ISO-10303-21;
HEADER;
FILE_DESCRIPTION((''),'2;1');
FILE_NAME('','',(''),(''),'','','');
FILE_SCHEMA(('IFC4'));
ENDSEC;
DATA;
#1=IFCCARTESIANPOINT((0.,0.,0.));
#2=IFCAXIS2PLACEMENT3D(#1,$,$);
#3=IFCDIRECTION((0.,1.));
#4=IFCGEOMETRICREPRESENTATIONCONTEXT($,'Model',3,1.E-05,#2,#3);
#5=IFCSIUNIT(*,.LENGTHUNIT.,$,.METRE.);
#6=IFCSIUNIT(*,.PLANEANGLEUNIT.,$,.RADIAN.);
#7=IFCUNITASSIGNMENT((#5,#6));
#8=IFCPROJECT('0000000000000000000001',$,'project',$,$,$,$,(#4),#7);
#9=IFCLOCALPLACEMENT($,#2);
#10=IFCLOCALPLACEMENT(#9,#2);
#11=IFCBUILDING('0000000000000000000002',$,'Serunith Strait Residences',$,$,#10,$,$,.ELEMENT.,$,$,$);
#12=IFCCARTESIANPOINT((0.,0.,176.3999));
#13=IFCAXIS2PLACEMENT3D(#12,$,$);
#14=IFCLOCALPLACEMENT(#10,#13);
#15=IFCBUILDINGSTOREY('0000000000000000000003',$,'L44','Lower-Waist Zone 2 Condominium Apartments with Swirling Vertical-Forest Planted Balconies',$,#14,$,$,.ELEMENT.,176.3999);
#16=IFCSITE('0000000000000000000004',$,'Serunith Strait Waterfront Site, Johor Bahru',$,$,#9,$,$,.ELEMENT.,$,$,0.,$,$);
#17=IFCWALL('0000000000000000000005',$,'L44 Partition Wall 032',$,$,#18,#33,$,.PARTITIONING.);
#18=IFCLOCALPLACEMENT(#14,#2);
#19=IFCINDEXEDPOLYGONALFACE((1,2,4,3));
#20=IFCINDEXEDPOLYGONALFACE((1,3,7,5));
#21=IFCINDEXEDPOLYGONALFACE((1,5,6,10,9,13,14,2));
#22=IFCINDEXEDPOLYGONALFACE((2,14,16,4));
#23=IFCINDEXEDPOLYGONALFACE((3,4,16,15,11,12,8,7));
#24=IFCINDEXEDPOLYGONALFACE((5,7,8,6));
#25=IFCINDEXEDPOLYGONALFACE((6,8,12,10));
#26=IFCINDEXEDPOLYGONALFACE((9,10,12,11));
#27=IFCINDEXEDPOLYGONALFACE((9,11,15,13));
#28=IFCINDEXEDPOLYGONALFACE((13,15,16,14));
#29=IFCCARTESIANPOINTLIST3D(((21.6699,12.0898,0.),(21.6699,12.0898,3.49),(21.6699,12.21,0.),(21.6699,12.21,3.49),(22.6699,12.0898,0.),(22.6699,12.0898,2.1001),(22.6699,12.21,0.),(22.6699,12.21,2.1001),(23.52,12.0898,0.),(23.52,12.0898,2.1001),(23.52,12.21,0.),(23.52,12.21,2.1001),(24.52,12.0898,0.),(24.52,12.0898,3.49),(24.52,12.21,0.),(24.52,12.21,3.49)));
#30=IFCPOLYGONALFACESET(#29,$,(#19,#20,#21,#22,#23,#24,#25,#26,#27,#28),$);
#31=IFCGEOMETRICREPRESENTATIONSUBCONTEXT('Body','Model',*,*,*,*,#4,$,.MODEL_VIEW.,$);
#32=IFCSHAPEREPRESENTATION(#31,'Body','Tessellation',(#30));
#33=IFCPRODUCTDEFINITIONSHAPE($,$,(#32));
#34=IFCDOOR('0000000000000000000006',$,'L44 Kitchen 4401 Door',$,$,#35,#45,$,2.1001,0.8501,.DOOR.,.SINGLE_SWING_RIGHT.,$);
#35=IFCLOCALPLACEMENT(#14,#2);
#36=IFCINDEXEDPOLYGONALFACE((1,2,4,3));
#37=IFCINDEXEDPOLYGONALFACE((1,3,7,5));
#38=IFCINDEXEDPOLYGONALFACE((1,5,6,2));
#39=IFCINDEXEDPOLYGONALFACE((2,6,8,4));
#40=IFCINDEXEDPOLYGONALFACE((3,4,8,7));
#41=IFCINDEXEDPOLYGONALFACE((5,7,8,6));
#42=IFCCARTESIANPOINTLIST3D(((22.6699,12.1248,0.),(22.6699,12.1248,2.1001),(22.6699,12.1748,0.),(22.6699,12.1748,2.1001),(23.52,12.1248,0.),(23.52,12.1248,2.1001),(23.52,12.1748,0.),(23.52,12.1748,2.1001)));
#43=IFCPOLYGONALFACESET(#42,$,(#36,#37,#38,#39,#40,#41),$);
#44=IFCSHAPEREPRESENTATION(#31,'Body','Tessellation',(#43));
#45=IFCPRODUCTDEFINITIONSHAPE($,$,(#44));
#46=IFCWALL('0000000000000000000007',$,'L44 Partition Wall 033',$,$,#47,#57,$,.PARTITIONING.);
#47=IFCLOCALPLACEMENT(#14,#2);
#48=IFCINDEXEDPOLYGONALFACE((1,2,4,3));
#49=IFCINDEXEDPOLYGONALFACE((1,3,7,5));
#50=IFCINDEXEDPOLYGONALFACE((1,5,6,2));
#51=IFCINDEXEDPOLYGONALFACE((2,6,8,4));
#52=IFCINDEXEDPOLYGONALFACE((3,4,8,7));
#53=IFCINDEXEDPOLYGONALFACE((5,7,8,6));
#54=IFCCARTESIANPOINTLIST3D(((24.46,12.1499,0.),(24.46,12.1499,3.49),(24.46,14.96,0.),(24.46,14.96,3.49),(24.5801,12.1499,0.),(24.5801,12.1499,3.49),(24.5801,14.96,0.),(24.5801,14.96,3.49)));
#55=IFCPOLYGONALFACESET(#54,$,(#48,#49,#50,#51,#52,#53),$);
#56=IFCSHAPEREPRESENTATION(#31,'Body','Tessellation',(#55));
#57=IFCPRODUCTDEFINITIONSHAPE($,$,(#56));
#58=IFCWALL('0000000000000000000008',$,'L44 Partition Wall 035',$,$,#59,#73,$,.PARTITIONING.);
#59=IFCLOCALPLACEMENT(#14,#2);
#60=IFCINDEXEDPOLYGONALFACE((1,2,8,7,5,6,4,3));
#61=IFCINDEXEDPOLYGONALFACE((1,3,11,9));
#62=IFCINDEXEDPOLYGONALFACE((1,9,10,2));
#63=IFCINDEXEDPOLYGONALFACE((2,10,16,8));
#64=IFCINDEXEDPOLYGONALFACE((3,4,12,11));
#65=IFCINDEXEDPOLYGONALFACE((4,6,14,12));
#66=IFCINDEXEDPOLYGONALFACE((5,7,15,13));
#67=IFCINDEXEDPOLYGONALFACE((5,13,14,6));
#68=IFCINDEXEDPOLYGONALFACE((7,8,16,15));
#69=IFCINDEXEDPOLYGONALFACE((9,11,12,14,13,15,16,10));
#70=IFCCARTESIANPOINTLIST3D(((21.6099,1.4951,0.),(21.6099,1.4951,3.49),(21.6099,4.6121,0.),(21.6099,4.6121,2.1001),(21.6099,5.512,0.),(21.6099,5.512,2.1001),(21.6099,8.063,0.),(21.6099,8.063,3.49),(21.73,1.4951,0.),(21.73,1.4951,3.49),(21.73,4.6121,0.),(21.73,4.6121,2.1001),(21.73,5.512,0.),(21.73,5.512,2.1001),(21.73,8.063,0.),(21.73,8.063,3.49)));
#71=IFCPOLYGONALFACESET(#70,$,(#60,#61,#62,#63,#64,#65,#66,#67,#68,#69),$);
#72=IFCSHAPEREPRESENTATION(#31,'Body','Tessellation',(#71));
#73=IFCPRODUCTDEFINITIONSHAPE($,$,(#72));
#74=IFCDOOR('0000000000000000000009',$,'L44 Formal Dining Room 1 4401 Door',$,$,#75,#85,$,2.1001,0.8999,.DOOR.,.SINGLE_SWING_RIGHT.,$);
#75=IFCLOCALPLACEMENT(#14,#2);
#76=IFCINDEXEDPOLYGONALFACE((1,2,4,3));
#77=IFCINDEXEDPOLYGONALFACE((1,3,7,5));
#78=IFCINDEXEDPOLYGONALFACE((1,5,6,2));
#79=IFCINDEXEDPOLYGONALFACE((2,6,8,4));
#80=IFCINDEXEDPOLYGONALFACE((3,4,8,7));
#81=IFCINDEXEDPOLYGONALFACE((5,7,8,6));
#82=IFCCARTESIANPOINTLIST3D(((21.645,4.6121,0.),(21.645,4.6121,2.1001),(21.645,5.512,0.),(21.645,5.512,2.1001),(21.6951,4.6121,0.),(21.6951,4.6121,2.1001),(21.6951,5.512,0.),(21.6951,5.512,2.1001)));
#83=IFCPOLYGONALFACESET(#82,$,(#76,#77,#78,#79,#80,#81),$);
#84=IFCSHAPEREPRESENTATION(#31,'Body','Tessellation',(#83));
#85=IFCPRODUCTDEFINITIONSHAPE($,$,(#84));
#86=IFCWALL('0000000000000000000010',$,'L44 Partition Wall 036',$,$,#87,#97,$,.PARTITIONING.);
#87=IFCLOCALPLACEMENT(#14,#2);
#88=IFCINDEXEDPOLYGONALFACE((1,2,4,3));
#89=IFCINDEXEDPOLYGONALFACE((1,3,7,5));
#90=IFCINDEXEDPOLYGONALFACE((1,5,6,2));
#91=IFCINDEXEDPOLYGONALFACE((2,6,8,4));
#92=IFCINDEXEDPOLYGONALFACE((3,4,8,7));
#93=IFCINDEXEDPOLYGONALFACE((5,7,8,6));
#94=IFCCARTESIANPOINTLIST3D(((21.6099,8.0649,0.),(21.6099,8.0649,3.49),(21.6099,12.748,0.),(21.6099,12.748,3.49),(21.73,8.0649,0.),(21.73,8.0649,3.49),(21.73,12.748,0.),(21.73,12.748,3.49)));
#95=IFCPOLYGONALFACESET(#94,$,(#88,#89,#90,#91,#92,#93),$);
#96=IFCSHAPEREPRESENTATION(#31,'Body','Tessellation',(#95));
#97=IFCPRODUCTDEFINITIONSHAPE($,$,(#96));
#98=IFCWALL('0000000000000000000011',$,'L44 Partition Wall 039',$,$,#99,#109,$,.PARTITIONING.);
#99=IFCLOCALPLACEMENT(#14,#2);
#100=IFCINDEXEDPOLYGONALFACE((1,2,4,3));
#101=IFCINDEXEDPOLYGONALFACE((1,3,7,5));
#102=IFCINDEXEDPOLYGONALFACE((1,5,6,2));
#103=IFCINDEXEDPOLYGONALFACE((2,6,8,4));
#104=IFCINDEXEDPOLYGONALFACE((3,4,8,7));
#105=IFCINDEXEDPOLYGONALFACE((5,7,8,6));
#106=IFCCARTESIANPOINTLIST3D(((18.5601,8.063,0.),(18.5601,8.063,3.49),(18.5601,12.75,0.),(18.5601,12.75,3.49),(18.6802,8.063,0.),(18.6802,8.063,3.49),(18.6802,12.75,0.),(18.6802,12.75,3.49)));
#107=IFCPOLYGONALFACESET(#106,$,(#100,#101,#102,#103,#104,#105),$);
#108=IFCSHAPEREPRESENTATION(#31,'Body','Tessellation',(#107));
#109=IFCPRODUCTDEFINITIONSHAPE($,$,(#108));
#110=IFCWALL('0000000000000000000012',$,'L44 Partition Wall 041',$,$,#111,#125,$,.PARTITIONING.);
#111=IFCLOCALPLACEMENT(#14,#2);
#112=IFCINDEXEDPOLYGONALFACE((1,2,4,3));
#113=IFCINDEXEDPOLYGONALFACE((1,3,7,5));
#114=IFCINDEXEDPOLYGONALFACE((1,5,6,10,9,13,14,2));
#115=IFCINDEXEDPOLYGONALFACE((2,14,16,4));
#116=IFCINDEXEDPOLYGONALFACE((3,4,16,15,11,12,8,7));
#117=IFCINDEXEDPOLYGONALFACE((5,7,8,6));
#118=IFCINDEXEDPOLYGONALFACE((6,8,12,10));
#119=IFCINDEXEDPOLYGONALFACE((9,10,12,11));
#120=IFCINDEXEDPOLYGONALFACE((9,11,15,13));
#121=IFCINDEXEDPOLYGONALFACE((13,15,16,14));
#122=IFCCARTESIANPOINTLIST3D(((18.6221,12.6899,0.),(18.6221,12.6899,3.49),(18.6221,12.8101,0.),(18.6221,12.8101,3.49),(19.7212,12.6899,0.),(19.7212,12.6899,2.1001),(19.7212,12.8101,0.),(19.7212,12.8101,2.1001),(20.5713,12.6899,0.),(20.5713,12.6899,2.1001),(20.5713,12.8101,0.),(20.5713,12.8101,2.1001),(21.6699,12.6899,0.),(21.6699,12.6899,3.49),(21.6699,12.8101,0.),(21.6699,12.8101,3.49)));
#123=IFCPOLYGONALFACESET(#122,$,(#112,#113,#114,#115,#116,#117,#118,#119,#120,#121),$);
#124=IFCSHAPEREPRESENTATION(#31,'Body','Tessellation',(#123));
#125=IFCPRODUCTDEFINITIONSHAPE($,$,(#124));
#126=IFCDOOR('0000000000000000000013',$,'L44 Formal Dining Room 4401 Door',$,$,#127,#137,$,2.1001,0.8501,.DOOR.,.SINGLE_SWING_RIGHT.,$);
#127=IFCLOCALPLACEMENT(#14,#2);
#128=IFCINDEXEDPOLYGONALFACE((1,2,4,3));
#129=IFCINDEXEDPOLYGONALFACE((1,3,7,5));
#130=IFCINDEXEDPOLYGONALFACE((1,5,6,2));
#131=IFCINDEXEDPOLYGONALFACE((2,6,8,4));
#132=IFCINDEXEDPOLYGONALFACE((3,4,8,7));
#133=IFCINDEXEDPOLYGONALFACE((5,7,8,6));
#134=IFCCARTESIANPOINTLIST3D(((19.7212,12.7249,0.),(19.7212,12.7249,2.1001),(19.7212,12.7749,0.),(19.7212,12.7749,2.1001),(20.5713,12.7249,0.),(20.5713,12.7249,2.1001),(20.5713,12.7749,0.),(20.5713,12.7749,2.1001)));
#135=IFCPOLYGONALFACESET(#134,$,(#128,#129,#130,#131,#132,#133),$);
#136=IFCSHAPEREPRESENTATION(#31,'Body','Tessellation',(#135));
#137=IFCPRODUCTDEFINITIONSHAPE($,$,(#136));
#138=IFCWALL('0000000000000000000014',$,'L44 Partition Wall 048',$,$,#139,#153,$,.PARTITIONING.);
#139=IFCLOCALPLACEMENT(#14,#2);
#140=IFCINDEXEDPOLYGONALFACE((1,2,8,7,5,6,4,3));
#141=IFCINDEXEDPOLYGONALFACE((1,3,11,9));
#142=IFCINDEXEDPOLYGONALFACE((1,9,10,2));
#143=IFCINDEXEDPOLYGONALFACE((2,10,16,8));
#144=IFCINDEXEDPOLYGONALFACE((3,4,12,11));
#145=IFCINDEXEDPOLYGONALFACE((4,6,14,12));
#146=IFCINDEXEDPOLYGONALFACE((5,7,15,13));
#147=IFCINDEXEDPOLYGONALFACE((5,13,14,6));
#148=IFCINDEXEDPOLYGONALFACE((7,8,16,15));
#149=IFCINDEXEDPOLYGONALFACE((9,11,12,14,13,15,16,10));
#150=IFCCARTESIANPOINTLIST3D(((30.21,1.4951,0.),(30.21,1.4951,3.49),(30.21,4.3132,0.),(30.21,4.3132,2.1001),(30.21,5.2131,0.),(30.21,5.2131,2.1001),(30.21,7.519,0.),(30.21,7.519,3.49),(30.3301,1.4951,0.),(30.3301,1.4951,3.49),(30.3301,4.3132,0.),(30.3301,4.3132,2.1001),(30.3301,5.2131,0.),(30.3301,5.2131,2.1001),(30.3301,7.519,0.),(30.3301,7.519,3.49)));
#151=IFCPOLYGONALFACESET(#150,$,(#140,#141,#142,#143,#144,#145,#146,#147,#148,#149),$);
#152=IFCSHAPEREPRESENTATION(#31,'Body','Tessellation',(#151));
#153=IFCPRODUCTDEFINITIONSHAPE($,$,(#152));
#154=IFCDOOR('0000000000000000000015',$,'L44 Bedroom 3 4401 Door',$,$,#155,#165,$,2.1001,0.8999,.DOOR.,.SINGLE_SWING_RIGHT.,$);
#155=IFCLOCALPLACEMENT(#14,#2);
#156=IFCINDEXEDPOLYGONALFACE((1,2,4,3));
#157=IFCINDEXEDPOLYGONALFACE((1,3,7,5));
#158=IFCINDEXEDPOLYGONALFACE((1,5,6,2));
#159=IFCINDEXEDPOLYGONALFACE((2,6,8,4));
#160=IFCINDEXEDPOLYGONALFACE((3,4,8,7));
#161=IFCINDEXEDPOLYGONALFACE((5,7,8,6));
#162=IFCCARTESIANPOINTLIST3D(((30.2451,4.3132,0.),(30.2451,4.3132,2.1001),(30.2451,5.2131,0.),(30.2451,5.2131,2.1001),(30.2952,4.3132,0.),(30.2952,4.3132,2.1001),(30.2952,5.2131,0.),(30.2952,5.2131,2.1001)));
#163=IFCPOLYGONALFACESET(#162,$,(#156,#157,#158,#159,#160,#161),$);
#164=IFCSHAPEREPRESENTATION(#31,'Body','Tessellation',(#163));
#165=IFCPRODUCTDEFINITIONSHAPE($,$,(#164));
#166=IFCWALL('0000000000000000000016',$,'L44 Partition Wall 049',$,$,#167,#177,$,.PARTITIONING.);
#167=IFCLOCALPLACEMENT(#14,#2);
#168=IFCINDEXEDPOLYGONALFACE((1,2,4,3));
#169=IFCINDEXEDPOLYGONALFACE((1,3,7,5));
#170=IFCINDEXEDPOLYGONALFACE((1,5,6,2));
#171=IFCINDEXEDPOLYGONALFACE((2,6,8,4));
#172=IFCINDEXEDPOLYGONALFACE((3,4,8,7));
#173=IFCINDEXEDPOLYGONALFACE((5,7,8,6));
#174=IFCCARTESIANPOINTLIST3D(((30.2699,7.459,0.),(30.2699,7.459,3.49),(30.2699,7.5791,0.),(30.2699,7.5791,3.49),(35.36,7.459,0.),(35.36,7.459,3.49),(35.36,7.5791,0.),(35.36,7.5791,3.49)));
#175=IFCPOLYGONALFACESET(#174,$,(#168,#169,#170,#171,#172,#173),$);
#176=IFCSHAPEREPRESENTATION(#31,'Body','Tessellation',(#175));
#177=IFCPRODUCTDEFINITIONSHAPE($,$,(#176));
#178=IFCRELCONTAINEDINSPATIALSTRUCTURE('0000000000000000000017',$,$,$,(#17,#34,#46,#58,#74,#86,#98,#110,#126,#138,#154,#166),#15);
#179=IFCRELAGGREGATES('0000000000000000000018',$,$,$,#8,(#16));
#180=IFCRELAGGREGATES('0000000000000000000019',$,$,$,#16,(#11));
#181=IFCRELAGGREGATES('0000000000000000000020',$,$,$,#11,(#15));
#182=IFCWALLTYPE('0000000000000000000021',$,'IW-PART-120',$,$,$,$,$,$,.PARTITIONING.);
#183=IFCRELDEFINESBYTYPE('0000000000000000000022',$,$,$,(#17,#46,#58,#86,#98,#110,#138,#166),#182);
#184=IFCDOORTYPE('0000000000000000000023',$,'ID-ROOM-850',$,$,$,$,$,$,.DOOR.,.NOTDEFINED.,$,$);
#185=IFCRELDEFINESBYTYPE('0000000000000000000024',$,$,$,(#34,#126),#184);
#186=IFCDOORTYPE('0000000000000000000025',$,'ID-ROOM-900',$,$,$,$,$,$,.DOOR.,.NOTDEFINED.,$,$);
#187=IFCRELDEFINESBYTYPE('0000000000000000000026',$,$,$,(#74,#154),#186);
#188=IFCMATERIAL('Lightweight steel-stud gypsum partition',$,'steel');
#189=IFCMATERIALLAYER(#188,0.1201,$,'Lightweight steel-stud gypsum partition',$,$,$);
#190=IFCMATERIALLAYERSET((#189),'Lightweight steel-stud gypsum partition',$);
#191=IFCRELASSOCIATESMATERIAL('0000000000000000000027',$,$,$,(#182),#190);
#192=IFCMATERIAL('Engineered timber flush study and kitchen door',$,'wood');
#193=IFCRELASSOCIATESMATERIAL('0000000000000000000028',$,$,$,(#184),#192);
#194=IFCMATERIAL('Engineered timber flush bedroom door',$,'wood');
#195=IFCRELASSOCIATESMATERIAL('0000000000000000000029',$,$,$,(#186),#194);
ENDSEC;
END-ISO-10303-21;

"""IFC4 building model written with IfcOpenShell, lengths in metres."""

from ifc_helpers import new_model, si_unit, direction, frame, frame_2d, origin, place, context, subcontext, project, spatial, rectangle, extrude, source, transform, mapped, material, layer, layer_set, type_object, element, fill, save


model = new_model("IFC4")

# Units and contexts
model_context = context("Model", 3, precision=1e-05, world=origin(), true_north=direction((0.0, 1.0)))
body_context = subcontext(model_context, "Body", "Model", "MODEL_VIEW")
ifc_project = project(units=[si_unit("LENGTHUNIT", "METRE"), si_unit("PLANEANGLEUNIT", "RADIAN")], contexts=[model_context])

# Site, building, storey
site_placement = place(None, origin())
site = spatial("IfcSite", under=ifc_project, at=site_placement, Name="Serunith Strait Waterfront Site, Johor Bahru", CompositionType="ELEMENT", RefElevation=0.0)
building_placement = place(site_placement, origin())
building = spatial("IfcBuilding", under=site, at=building_placement, Name="Serunith Strait Residences", CompositionType="ELEMENT")
storey_placement = place(building_placement, frame((0.0, 0.0, 176.3999)))
storey = spatial("IfcBuildingStorey", under=building, at=storey_placement, Name="L44", Description="Lower-Waist Zone 2 Condominium Apartments with Swirling Vertical-Forest Planted Balconies", CompositionType="ELEMENT", Elevation=176.3999)

# Wall, opening, door
ifc_material_1 = material(Name="Lightweight steel-stud gypsum partition", Category="steel")
ifc_layer_1 = layer(ifc_material_1, 0.1201, Name="Lightweight steel-stud gypsum partition")
ifc_layer_set_1 = layer_set([ifc_layer_1], Name="Lightweight steel-stud gypsum partition")
wall_type = type_object("IfcWallType", Name="IW-PART-120", PredefinedType="PARTITIONING", material=ifc_layer_set_1)
wall_1_placement = place(storey_placement, frame((21.6699, 12.1499, 0.0), z_axis=(0.0, 0.0, 1.0), x_axis=(1.0, 0.0, 0.0)))
wall_1 = element("IfcWall", 1, at=wall_1_placement, inside=storey, type_object=wall_type, Name="L44 Partition Wall 032", PredefinedType="PARTITIONING", context=body_context, shape_type="SweptSolid", body=[
    extrude(rectangle(XDim=2.8501, YDim=0.1201, at=frame_2d((1.425, 0.0))), origin(), (0.0, 0.0, 1.0), 3.49),
])
opening_1_placement = place(wall_1_placement, frame((1.0, 0.0, 0.0)))
opening_1 = element("IfcOpeningElement", 2, at=opening_1_placement, cuts=wall_1, PredefinedType="OPENING", context=body_context, shape_type="SweptSolid", body=[
    extrude(rectangle(XDim=0.8501, YDim=2.1001, at=frame_2d((0.425, 1.05))), frame((0.0, 0.0701, 0.0), z_axis=(0.0, -1.0, 0.0), x_axis=(1.0, 0.0, 0.0)), (0.0, 0.0, 1.0), 0.1401),
])
ifc_material_2 = material(Name="Engineered timber flush study and kitchen door", Category="wood")
door_type_1 = type_object("IfcDoorType", Name="ID-ROOM-850", OperationType="NOTDEFINED", PredefinedType="DOOR", material=ifc_material_2)
shared_shape_1 = source(origin(), body_context, "Body", "SweptSolid", [
    extrude(rectangle(XDim=0.8501, YDim=2.1001, at=frame_2d((0.425, 1.05))), frame((0.0, 0.0249, 0.0), z_axis=(0.0, -1.0, 0.0), x_axis=(1.0, 0.0, 0.0)), (0.0, 0.0, 1.0), 0.05),
])
door_1_placement = place(opening_1_placement, origin())
door_1 = element("IfcDoor", 3, at=door_1_placement, inside=storey, type_object=door_type_1, Name="L44 Kitchen 4401 Door", OperationType="SINGLE_SWING_RIGHT", OverallHeight=2.1001, OverallWidth=0.8501, PredefinedType="DOOR", context=body_context, shape_type="MappedRepresentation", body=[
    mapped(shared_shape_1, transform((0.0, 0.0, 0.0), scale=1.0)),
])
fill(opening_1, door_1)

# Wall
wall_2_placement = place(storey_placement, frame((24.52, 12.1499, 0.0), z_axis=(0.0, 0.0, 1.0), x_axis=(0.0, 1.0, 0.0)))
element("IfcWall", 4, at=wall_2_placement, inside=storey, type_object=wall_type, Name="L44 Partition Wall 033", PredefinedType="PARTITIONING", context=body_context, shape_type="SweptSolid", body=[
    extrude(rectangle(XDim=2.8101, YDim=0.1201, at=frame_2d((1.405, 0.0))), origin(), (0.0, 0.0, 1.0), 3.49),
])

# Wall, opening, door
wall_3_placement = place(storey_placement, frame((21.6699, 1.4951, 0.0), z_axis=(0.0, 0.0, 1.0), x_axis=(0.0, 1.0, 0.0)))
wall_3 = element("IfcWall", 5, at=wall_3_placement, inside=storey, type_object=wall_type, Name="L44 Partition Wall 035", PredefinedType="PARTITIONING", context=body_context, shape_type="SweptSolid", body=[
    extrude(rectangle(XDim=6.5679, YDim=0.1201, at=frame_2d((3.2839, 0.0))), origin(), (0.0, 0.0, 1.0), 3.49),
])
opening_2_placement = place(wall_3_placement, frame((3.1169, 0.0, 0.0)))
opening_2 = element("IfcOpeningElement", 6, at=opening_2_placement, cuts=wall_3, PredefinedType="OPENING", context=body_context, shape_type="SweptSolid", body=[
    extrude(rectangle(XDim=0.8999, YDim=2.1001, at=frame_2d((0.45, 1.05))), frame((0.0, 0.0701, 0.0), z_axis=(0.0, -1.0, 0.0), x_axis=(1.0, 0.0, 0.0)), (0.0, 0.0, 1.0), 0.1401),
])
ifc_material_3 = material(Name="Engineered timber flush bedroom door", Category="wood")
door_type_2 = type_object("IfcDoorType", Name="ID-ROOM-900", OperationType="NOTDEFINED", PredefinedType="DOOR", material=ifc_material_3)
shared_shape_2 = source(origin(), body_context, "Body", "SweptSolid", [
    extrude(rectangle(XDim=0.8999, YDim=2.1001, at=frame_2d((0.45, 1.05))), frame((0.0, 0.0249, 0.0), z_axis=(0.0, -1.0, 0.0), x_axis=(1.0, 0.0, 0.0)), (0.0, 0.0, 1.0), 0.05),
])
door_2_placement = place(opening_2_placement, origin())
door_2 = element("IfcDoor", 7, at=door_2_placement, inside=storey, type_object=door_type_2, Name="L44 Formal Dining Room 1 4401 Door", OperationType="SINGLE_SWING_RIGHT", OverallHeight=2.1001, OverallWidth=0.8999, PredefinedType="DOOR", context=body_context, shape_type="MappedRepresentation", body=[
    mapped(shared_shape_2, transform((0.0, 0.0, 0.0), scale=1.0)),
])
fill(opening_2, door_2)

# Walls
wall_4_placement = place(storey_placement, frame((21.6699, 8.0649, 0.0), z_axis=(0.0, 0.0, 1.0), x_axis=(0.0, 1.0, 0.0)))
element("IfcWall", 8, at=wall_4_placement, inside=storey, type_object=wall_type, Name="L44 Partition Wall 036", PredefinedType="PARTITIONING", context=body_context, shape_type="SweptSolid", body=[
    extrude(rectangle(XDim=4.6831, YDim=0.1201, at=frame_2d((2.3416, 0.0))), origin(), (0.0, 0.0, 1.0), 3.49),
])
wall_5_placement = place(storey_placement, frame((18.6201, 8.063, 0.0), z_axis=(0.0, 0.0, 1.0), x_axis=(0.0, 1.0, 0.0)))
element("IfcWall", 9, at=wall_5_placement, inside=storey, type_object=wall_type, Name="L44 Partition Wall 039", PredefinedType="PARTITIONING", context=body_context, shape_type="SweptSolid", body=[
    extrude(rectangle(XDim=4.687, YDim=0.1201, at=frame_2d((2.3435, 0.0))), origin(), (0.0, 0.0, 1.0), 3.49),
])

# Walls, openings, doors
wall_6_placement = place(storey_placement, frame((18.6221, 12.75, 0.0), z_axis=(0.0, 0.0, 1.0), x_axis=(1.0, 0.0, 0.0)))
wall_6 = element("IfcWall", 10, at=wall_6_placement, inside=storey, type_object=wall_type, Name="L44 Partition Wall 041", PredefinedType="PARTITIONING", context=body_context, shape_type="SweptSolid", body=[
    extrude(rectangle(XDim=3.0479, YDim=0.1201, at=frame_2d((1.5239, 0.0))), origin(), (0.0, 0.0, 1.0), 3.49),
])
opening_3_placement = place(wall_6_placement, frame((1.0991, 0.0, 0.0)))
opening_3 = element("IfcOpeningElement", 11, at=opening_3_placement, cuts=wall_6, PredefinedType="OPENING", context=body_context, shape_type="SweptSolid", body=[
    extrude(rectangle(XDim=0.8501, YDim=2.1001, at=frame_2d((0.425, 1.05))), frame((0.0, 0.0701, 0.0), z_axis=(0.0, -1.0, 0.0), x_axis=(1.0, 0.0, 0.0)), (0.0, 0.0, 1.0), 0.1401),
])
door_3_placement = place(opening_3_placement, origin())
door_3 = element("IfcDoor", 12, at=door_3_placement, inside=storey, type_object=door_type_1, Name="L44 Formal Dining Room 4401 Door", OperationType="SINGLE_SWING_RIGHT", OverallHeight=2.1001, OverallWidth=0.8501, PredefinedType="DOOR", context=body_context, shape_type="MappedRepresentation", body=[
    mapped(shared_shape_1, transform((0.0, 0.0, 0.0), scale=1.0)),
])
fill(opening_3, door_3)
wall_7_placement = place(storey_placement, frame((30.27, 1.4951, 0.0), z_axis=(0.0, 0.0, 1.0), x_axis=(0.0, 1.0, 0.0)))
wall_7 = element("IfcWall", 13, at=wall_7_placement, inside=storey, type_object=wall_type, Name="L44 Partition Wall 048", PredefinedType="PARTITIONING", context=body_context, shape_type="SweptSolid", body=[
    extrude(rectangle(XDim=6.0239, YDim=0.1201, at=frame_2d((3.012, 0.0))), origin(), (0.0, 0.0, 1.0), 3.49),
])
opening_4_placement = place(wall_7_placement, frame((2.8181, 0.0, 0.0)))
opening_4 = element("IfcOpeningElement", 14, at=opening_4_placement, cuts=wall_7, PredefinedType="OPENING", context=body_context, shape_type="SweptSolid", body=[
    extrude(rectangle(XDim=0.8999, YDim=2.1001, at=frame_2d((0.45, 1.05))), frame((0.0, 0.0701, 0.0), z_axis=(0.0, -1.0, 0.0), x_axis=(1.0, 0.0, 0.0)), (0.0, 0.0, 1.0), 0.1401),
])
door_4_placement = place(opening_4_placement, origin())
door_4 = element("IfcDoor", 15, at=door_4_placement, inside=storey, type_object=door_type_2, Name="L44 Bedroom 3 4401 Door", OperationType="SINGLE_SWING_RIGHT", OverallHeight=2.1001, OverallWidth=0.8999, PredefinedType="DOOR", context=body_context, shape_type="MappedRepresentation", body=[
    mapped(shared_shape_2, transform((0.0, 0.0, 0.0), scale=1.0)),
])
fill(opening_4, door_4)

# Wall
wall_8_placement = place(storey_placement, frame((30.27, 7.519, 0.0), z_axis=(0.0, 0.0, 1.0), x_axis=(1.0, 0.0, 0.0)))
element("IfcWall", 16, at=wall_8_placement, inside=storey, type_object=wall_type, Name="L44 Partition Wall 049", PredefinedType="PARTITIONING", context=body_context, shape_type="SweptSolid", body=[
    extrude(rectangle(XDim=5.0901, YDim=0.1201, at=frame_2d((2.5449, 0.0))), origin(), (0.0, 0.0, 1.0), 3.49),
])

save(model, "model.ifc")
